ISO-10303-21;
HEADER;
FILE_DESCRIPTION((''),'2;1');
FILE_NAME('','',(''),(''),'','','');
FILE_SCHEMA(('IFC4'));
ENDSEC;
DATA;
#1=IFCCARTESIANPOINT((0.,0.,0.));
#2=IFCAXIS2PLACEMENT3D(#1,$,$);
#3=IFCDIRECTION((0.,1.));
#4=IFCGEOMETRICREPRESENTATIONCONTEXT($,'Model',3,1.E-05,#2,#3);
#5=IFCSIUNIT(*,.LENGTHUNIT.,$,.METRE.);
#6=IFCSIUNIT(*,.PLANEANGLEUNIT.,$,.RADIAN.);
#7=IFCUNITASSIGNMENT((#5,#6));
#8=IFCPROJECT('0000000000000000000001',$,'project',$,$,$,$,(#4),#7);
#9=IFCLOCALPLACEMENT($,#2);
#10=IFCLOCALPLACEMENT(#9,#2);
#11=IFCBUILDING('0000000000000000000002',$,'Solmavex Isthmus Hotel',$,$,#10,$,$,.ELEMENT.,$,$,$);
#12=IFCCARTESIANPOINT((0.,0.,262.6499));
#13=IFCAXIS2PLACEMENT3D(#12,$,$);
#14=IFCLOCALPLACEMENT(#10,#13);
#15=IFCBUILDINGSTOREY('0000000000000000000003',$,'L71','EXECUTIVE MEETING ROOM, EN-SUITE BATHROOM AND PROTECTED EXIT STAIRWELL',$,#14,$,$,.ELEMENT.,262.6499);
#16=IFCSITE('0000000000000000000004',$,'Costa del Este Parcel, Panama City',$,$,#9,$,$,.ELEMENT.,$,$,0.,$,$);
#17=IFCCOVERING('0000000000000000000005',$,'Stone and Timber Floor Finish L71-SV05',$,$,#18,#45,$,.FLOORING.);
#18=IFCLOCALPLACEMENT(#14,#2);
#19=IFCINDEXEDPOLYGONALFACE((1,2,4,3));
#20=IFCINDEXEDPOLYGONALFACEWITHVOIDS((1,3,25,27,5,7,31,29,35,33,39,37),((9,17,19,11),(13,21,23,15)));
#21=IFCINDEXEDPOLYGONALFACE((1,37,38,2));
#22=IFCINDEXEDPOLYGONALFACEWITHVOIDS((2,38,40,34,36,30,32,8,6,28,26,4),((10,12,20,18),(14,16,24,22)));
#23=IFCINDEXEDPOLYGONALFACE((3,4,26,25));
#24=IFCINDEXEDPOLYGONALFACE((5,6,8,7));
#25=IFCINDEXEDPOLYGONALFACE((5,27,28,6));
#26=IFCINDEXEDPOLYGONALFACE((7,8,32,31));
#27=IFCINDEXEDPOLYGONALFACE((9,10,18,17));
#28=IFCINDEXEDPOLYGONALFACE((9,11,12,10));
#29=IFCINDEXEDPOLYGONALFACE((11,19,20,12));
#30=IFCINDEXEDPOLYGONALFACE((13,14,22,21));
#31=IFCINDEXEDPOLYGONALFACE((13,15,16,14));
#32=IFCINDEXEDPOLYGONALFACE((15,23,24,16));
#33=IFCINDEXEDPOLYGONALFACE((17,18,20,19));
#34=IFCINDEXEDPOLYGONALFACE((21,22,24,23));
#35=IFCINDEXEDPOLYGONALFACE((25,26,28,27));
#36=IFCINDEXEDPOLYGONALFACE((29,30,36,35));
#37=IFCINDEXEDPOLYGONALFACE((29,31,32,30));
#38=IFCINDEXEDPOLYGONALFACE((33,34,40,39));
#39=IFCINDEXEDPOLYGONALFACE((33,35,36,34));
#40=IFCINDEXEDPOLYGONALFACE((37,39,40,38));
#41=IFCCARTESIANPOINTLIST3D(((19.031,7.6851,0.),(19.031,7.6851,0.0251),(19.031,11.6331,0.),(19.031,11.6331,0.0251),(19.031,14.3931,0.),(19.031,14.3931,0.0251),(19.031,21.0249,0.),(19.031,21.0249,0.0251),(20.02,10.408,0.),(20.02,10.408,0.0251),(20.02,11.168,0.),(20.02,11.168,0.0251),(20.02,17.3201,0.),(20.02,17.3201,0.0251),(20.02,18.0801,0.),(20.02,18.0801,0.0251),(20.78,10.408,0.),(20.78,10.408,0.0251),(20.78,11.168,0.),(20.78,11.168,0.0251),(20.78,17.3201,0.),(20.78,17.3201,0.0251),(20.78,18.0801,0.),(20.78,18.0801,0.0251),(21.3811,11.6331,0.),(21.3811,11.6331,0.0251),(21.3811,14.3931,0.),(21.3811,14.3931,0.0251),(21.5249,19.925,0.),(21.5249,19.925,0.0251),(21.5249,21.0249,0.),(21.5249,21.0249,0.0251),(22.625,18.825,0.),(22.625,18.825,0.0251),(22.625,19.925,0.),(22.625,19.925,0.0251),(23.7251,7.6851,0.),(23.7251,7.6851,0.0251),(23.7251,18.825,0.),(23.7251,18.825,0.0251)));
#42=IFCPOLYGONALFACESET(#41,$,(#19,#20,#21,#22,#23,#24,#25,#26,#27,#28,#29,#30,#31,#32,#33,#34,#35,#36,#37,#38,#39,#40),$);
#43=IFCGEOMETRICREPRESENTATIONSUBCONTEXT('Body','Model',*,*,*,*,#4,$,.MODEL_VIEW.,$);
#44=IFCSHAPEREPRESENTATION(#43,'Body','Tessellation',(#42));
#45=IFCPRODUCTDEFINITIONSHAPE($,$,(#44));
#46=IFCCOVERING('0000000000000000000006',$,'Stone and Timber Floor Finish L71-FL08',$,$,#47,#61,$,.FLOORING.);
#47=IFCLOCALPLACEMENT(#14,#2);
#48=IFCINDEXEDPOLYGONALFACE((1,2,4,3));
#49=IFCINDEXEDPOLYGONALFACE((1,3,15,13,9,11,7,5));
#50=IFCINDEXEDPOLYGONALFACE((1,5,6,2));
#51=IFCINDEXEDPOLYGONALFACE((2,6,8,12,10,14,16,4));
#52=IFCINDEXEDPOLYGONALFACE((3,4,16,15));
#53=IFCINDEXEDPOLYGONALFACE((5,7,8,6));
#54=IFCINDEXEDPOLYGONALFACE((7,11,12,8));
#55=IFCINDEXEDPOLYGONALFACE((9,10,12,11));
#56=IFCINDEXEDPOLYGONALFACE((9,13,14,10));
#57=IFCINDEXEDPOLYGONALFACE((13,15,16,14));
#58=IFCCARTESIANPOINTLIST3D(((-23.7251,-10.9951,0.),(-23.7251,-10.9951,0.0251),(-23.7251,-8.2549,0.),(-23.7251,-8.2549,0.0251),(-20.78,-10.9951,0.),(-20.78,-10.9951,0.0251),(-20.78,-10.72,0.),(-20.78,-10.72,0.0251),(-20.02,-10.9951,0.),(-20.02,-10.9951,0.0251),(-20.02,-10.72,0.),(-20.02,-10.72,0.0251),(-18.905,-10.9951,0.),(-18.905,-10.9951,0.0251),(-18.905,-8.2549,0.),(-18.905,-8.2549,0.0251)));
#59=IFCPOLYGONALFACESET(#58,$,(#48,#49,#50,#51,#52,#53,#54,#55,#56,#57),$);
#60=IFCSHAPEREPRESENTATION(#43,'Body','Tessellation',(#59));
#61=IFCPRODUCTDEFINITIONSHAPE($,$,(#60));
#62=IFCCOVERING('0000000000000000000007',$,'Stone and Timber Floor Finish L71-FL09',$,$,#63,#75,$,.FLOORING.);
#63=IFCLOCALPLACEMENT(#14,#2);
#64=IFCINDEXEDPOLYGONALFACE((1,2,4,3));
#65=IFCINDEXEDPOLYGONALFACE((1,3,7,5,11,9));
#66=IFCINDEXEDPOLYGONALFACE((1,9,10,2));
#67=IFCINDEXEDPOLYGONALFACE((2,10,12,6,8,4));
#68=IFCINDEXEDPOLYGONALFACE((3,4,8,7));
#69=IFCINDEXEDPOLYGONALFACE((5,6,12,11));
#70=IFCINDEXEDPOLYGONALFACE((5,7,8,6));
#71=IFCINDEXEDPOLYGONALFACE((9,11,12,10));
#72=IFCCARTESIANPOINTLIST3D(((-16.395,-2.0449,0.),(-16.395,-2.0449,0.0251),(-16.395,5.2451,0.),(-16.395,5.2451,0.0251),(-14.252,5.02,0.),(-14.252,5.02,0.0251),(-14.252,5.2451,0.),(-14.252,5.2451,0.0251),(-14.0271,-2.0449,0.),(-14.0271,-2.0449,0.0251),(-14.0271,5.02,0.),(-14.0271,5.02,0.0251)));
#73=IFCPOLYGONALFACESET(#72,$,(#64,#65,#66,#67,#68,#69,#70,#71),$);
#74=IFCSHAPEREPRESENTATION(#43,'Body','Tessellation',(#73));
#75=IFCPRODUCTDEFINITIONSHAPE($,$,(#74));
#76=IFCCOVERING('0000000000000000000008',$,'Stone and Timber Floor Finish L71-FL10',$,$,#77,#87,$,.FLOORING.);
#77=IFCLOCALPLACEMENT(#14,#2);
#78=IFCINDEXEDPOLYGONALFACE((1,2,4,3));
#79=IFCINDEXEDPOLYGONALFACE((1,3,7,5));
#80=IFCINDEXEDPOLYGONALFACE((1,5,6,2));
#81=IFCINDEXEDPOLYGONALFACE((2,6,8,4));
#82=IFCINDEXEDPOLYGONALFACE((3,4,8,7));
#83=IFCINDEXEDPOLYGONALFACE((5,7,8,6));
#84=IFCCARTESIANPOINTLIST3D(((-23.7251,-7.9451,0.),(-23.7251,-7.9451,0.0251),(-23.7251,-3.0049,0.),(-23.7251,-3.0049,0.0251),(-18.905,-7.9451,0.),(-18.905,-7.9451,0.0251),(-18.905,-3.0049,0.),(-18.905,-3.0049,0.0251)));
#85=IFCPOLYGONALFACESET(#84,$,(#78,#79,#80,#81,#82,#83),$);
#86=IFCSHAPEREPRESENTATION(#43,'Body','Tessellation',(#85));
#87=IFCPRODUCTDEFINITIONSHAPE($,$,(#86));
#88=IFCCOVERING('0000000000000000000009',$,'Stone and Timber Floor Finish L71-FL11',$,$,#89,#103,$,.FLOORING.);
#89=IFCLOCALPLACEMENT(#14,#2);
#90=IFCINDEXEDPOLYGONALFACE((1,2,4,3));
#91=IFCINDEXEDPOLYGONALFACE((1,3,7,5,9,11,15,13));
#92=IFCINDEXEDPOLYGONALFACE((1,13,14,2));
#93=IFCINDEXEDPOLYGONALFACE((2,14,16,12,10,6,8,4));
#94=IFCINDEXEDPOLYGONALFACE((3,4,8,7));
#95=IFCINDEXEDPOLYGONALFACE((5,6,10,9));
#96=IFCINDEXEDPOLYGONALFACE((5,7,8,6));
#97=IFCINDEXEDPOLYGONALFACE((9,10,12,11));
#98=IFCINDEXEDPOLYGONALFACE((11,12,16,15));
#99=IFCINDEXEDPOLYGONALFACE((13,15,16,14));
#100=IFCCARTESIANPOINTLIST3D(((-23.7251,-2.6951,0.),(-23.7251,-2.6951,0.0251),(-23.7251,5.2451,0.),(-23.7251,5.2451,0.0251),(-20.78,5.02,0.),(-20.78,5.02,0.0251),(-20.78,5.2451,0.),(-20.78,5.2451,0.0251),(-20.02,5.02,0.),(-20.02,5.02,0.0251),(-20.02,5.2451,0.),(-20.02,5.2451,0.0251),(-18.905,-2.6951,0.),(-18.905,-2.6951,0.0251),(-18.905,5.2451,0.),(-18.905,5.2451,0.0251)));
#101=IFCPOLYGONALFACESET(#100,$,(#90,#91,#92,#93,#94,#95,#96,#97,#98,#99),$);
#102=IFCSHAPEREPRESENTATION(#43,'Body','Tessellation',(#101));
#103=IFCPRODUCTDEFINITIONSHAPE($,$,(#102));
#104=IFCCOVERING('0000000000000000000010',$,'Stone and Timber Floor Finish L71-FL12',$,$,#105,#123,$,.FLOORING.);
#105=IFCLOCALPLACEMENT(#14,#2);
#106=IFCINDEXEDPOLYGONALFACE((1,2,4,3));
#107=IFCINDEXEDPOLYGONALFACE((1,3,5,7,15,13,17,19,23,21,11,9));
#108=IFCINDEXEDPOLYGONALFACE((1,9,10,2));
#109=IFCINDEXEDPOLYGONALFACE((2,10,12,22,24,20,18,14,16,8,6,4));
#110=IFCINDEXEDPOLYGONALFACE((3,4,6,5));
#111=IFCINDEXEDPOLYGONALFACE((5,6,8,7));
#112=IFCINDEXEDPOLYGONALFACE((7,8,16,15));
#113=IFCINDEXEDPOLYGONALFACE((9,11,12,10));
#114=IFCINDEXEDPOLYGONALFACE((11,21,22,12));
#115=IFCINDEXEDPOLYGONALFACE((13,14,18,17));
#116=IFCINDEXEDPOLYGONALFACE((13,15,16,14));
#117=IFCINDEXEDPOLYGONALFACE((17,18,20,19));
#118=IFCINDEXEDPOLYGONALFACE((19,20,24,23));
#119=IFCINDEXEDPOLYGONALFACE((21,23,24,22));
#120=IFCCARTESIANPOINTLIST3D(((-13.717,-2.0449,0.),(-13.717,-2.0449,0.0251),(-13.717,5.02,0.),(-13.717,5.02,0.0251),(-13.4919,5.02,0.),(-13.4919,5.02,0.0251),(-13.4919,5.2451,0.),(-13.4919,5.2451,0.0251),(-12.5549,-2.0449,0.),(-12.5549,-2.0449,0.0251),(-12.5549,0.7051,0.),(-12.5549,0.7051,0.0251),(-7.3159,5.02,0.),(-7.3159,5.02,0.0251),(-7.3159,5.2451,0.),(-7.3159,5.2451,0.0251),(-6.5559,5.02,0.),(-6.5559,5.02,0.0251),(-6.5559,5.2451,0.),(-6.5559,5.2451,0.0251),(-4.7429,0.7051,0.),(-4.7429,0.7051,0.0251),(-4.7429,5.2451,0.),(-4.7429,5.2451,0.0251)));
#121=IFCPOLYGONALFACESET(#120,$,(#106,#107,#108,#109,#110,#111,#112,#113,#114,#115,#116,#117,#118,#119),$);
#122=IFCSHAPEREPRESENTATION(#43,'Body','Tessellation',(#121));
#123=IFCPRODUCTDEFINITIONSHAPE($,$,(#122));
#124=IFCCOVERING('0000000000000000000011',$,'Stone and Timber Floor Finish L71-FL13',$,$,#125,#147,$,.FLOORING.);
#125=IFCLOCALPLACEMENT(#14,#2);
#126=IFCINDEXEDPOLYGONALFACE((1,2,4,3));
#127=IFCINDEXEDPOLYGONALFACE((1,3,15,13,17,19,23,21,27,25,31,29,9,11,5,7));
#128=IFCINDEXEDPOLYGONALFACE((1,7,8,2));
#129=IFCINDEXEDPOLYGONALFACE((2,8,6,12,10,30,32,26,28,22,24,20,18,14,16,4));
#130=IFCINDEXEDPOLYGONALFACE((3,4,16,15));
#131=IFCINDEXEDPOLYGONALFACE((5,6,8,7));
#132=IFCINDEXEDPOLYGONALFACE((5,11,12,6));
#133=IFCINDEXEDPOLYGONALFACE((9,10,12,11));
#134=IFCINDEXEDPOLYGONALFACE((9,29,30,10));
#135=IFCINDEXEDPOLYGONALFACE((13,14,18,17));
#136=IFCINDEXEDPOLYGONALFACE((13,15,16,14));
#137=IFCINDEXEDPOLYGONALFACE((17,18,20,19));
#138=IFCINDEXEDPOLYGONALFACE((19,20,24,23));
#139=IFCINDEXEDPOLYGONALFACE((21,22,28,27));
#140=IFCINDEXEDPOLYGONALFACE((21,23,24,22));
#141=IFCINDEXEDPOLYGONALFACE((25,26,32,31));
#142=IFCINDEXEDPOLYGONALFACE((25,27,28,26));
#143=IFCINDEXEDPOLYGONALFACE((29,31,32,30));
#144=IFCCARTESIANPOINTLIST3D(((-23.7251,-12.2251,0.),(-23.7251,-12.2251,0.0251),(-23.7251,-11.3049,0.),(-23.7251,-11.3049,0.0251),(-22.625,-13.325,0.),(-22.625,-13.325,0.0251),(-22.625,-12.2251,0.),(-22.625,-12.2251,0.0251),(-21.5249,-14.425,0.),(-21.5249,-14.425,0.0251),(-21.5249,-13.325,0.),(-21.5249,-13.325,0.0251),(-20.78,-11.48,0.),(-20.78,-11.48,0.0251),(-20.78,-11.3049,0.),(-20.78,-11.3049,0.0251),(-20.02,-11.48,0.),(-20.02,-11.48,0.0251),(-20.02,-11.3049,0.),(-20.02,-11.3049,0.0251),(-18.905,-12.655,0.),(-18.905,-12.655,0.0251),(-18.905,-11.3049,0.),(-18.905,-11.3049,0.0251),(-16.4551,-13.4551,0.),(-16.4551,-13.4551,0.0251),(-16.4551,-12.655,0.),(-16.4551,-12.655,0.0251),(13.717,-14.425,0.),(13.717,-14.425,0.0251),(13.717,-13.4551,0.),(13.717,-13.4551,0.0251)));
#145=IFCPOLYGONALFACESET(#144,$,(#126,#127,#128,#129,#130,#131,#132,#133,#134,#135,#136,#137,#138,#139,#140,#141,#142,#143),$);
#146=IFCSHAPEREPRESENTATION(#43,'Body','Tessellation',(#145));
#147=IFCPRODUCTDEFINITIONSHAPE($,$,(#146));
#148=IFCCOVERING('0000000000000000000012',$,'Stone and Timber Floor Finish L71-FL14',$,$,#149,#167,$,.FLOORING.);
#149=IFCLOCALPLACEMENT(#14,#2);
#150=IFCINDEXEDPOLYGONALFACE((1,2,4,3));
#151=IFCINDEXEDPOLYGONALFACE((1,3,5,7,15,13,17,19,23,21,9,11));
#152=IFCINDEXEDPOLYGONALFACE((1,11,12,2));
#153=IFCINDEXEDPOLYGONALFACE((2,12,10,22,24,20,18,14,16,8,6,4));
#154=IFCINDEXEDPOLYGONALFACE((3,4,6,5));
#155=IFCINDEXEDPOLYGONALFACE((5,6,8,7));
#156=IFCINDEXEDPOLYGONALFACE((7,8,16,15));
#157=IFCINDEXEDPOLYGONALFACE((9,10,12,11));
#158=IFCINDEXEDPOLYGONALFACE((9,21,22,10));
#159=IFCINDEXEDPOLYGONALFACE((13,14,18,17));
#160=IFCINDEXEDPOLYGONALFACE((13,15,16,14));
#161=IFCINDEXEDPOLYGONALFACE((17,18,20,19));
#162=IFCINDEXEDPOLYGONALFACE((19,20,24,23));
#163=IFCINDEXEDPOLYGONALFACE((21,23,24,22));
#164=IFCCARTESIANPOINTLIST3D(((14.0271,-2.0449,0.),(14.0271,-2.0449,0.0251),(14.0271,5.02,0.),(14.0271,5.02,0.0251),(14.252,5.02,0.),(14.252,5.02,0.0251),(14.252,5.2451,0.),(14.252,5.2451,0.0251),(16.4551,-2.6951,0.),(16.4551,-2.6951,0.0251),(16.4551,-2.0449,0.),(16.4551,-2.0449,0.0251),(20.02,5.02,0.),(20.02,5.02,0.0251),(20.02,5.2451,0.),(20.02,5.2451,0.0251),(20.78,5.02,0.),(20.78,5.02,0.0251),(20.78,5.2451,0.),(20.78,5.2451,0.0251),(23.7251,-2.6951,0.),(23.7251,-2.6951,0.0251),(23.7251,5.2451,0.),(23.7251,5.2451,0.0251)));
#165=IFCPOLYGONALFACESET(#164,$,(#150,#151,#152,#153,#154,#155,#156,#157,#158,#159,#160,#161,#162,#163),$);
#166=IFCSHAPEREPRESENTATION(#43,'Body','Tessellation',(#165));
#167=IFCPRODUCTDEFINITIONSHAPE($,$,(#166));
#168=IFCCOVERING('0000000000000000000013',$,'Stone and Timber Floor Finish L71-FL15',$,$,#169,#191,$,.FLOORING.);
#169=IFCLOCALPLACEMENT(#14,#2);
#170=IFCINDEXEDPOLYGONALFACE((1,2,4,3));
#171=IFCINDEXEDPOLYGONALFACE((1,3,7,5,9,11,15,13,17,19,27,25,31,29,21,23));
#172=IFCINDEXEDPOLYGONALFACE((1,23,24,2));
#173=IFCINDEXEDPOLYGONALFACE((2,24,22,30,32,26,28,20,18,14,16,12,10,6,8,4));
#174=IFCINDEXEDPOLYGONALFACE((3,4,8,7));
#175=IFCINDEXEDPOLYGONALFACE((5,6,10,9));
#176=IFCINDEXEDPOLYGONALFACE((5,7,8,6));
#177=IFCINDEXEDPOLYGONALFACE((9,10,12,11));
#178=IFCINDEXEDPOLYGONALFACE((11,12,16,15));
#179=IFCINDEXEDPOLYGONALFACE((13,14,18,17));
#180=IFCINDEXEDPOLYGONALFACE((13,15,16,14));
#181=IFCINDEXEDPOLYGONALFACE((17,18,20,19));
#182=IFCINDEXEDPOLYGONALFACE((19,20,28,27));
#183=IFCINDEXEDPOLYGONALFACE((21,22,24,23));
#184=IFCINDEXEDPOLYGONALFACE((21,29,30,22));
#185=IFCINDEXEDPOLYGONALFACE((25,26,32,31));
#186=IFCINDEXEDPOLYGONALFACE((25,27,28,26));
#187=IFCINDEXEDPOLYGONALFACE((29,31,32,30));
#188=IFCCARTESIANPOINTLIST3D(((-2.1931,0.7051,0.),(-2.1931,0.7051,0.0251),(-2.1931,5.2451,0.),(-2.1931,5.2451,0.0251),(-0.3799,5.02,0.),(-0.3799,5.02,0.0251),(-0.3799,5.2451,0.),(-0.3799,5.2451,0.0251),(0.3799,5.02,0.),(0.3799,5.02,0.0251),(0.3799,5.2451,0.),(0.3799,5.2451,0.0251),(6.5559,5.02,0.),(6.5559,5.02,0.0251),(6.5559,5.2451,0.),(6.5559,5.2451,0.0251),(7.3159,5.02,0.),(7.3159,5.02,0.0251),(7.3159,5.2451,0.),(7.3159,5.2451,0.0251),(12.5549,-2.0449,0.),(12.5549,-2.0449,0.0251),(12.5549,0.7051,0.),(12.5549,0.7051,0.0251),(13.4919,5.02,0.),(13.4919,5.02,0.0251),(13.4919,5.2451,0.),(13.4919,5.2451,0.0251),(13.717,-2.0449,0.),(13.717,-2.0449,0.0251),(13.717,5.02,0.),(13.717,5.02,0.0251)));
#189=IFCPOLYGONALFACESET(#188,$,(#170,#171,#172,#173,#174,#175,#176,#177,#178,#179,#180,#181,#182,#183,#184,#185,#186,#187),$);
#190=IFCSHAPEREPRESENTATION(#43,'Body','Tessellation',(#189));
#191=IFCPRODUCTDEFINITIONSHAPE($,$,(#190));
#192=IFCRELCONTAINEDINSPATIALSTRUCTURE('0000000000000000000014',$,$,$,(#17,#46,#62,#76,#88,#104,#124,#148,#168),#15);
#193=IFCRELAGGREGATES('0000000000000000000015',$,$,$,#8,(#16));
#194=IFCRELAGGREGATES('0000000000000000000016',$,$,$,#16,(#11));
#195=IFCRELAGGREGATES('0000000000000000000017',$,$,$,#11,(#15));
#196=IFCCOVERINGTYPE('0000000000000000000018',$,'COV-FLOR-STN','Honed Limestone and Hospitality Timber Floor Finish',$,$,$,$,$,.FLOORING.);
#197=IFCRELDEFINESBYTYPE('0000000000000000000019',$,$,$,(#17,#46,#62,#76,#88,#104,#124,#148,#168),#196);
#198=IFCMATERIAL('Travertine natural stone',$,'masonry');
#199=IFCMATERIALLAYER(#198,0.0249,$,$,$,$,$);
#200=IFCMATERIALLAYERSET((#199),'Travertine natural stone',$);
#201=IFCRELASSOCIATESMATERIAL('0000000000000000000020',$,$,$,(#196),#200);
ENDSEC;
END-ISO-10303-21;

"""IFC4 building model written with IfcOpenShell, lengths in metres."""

from ifc_helpers import new_model, si_unit, direction, frame, origin, place, context, subcontext, project, spatial, polyline, outline, extrude, material, layer, layer_set, type_object, element, save


model = new_model("IFC4")

# Units and contexts
model_context = context("Model", 3, precision=1e-05, world=origin(), true_north=direction((0.0, 1.0)))
body_context = subcontext(model_context, "Body", "Model", "MODEL_VIEW")
ifc_project = project(units=[si_unit("LENGTHUNIT", "METRE"), si_unit("PLANEANGLEUNIT", "RADIAN")], contexts=[model_context])

# Site, building, storey
site_placement = place(None, origin())
site = spatial("IfcSite", under=ifc_project, at=site_placement, Name="Costa del Este Parcel, Panama City", CompositionType="ELEMENT", RefElevation=0.0)
building_placement = place(site_placement, origin())
building = spatial("IfcBuilding", under=site, at=building_placement, Name="Solmavex Isthmus Hotel", CompositionType="ELEMENT")
storey_placement = place(building_placement, frame((0.0, 0.0, 262.6499)))
storey = spatial("IfcBuildingStorey", under=building, at=storey_placement, Name="L71", Description="EXECUTIVE MEETING ROOM, EN-SUITE BATHROOM AND PROTECTED EXIT STAIRWELL", CompositionType="ELEMENT", Elevation=262.6499)

# Coverings
ifc_material_1 = material(Name="Travertine natural stone", Category="masonry")
ifc_layer_1 = layer(ifc_material_1, 0.0249)
ifc_layer_set_1 = layer_set([ifc_layer_1], Name="Travertine natural stone")
covering_type_1 = type_object("IfcCoveringType", Name="COV-FLOR-STN", Description="Honed Limestone and Hospitality Timber Floor Finish", PredefinedType="FLOORING", material=ifc_layer_set_1)
covering_1_placement = place(storey_placement, origin())
element("IfcCovering", 1, at=covering_1_placement, inside=storey, type_object=covering_type_1, Name="Stone and Timber Floor Finish L71-SV05", PredefinedType="FLOORING", context=body_context, shape_type="SweptSolid", body=[
    extrude(outline(polyline([(22.625, 19.925), (21.5249, 19.925), (21.5249, 21.0249), (19.031, 21.0249), (19.031, 14.3931), (21.3811, 14.3931), (21.3811, 11.6331), (19.031, 11.6331), (19.031, 7.6851), (23.7251, 7.6851), (23.7251, 18.825), (22.625, 18.825), (22.625, 19.925)]), holes=[polyline([(20.02, 10.408), (20.02, 11.168), (20.78, 11.168), (20.78, 10.408), (20.02, 10.408)]), polyline([(20.02, 17.3201), (20.02, 18.0801), (20.78, 18.0801), (20.78, 17.3201), (20.02, 17.3201)])]), origin(), (0.0, 0.0, 1.0), 0.0251),
])
covering_2_placement = place(storey_placement, origin())
element("IfcCovering", 2, at=covering_2_placement, inside=storey, type_object=covering_type_1, Name="Stone and Timber Floor Finish L71-FL08", PredefinedType="FLOORING", context=body_context, shape_type="SweptSolid", body=[
    extrude(outline(polyline([(-20.78, -10.9951), (-20.78, -10.72), (-20.02, -10.72), (-20.02, -10.9951), (-18.905, -10.9951), (-18.905, -8.2549), (-23.7251, -8.2549), (-23.7251, -10.9951), (-20.78, -10.9951)])), origin(), (0.0, 0.0, 1.0), 0.0251),
])
covering_3_placement = place(storey_placement, origin())
element("IfcCovering", 3, at=covering_3_placement, inside=storey, type_object=covering_type_1, Name="Stone and Timber Floor Finish L71-FL09", PredefinedType="FLOORING", context=body_context, shape_type="SweptSolid", body=[
    extrude(outline(polyline([(-16.395, -2.0449), (-14.0271, -2.0449), (-14.0271, 5.02), (-14.252, 5.02), (-14.252, 5.2451), (-16.395, 5.2451), (-16.395, -2.0449)])), origin(), (0.0, 0.0, 1.0), 0.0251),
])
covering_4_placement = place(storey_placement, origin())
element("IfcCovering", 4, at=covering_4_placement, inside=storey, type_object=covering_type_1, Name="Stone and Timber Floor Finish L71-FL10", PredefinedType="FLOORING", context=body_context, shape_type="SweptSolid", body=[
    extrude(outline(polyline([(-23.7251, -7.9451), (-18.905, -7.9451), (-18.905, -3.0049), (-23.7251, -3.0049), (-23.7251, -7.9451)])), origin(), (0.0, 0.0, 1.0), 0.0251),
])
covering_5_placement = place(storey_placement, origin())
element("IfcCovering", 5, at=covering_5_placement, inside=storey, type_object=covering_type_1, Name="Stone and Timber Floor Finish L71-FL11", PredefinedType="FLOORING", context=body_context, shape_type="SweptSolid", body=[
    extrude(outline(polyline([(-20.02, 5.2451), (-20.02, 5.02), (-20.78, 5.02), (-20.78, 5.2451), (-23.7251, 5.2451), (-23.7251, -2.6951), (-18.905, -2.6951), (-18.905, 5.2451), (-20.02, 5.2451)])), origin(), (0.0, 0.0, 1.0), 0.0251),
])
covering_6_placement = place(storey_placement, origin())
element("IfcCovering", 6, at=covering_6_placement, inside=storey, type_object=covering_type_1, Name="Stone and Timber Floor Finish L71-FL12", PredefinedType="FLOORING", context=body_context, shape_type="SweptSolid", body=[
    extrude(outline(polyline([(-6.5559, 5.2451), (-6.5559, 5.02), (-7.3159, 5.02), (-7.3159, 5.2451), (-13.4919, 5.2451), (-13.4919, 5.02), (-13.717, 5.02), (-13.717, -2.0449), (-12.5549, -2.0449), (-12.5549, 0.7051), (-4.7429, 0.7051), (-4.7429, 5.2451), (-6.5559, 5.2451)])), origin(), (0.0, 0.0, 1.0), 0.0251),
])
covering_7_placement = place(storey_placement, origin())
element("IfcCovering", 7, at=covering_7_placement, inside=storey, type_object=covering_type_1, Name="Stone and Timber Floor Finish L71-FL13", PredefinedType="FLOORING", context=body_context, shape_type="SweptSolid", body=[
    extrude(outline(polyline([(-20.02, -11.3049), (-20.02, -11.48), (-20.78, -11.48), (-20.78, -11.3049), (-23.7251, -11.3049), (-23.7251, -12.2251), (-22.625, -12.2251), (-22.625, -13.325), (-21.5249, -13.325), (-21.5249, -14.425), (13.717, -14.425), (13.717, -13.4551), (-16.4551, -13.4551), (-16.4551, -12.655), (-18.905, -12.655), (-18.905, -11.3049), (-20.02, -11.3049)])), origin(), (0.0, 0.0, 1.0), 0.0251),
])
covering_8_placement = place(storey_placement, origin())
element("IfcCovering", 8, at=covering_8_placement, inside=storey, type_object=covering_type_1, Name="Stone and Timber Floor Finish L71-FL14", PredefinedType="FLOORING", context=body_context, shape_type="SweptSolid", body=[
    extrude(outline(polyline([(14.252, 5.2451), (14.252, 5.02), (14.0271, 5.02), (14.0271, -2.0449), (16.4551, -2.0449), (16.4551, -2.6951), (23.7251, -2.6951), (23.7251, 5.2451), (20.78, 5.2451), (20.78, 5.02), (20.02, 5.02), (20.02, 5.2451), (14.252, 5.2451)])), origin(), (0.0, 0.0, 1.0), 0.0251),
])
covering_9_placement = place(storey_placement, origin())
element("IfcCovering", 9, at=covering_9_placement, inside=storey, type_object=covering_type_1, Name="Stone and Timber Floor Finish L71-FL15", PredefinedType="FLOORING", context=body_context, shape_type="SweptSolid", body=[
    extrude(outline(polyline([(0.3799, 5.2451), (0.3799, 5.02), (-0.3799, 5.02), (-0.3799, 5.2451), (-2.1931, 5.2451), (-2.1931, 0.7051), (12.5549, 0.7051), (12.5549, -2.0449), (13.717, -2.0449), (13.717, 5.02), (13.4919, 5.02), (13.4919, 5.2451), (7.3159, 5.2451), (7.3159, 5.02), (6.5559, 5.02), (6.5559, 5.2451), (0.3799, 5.2451)])), origin(), (0.0, 0.0, 1.0), 0.0251),
])

save(model, "model.ifc")
